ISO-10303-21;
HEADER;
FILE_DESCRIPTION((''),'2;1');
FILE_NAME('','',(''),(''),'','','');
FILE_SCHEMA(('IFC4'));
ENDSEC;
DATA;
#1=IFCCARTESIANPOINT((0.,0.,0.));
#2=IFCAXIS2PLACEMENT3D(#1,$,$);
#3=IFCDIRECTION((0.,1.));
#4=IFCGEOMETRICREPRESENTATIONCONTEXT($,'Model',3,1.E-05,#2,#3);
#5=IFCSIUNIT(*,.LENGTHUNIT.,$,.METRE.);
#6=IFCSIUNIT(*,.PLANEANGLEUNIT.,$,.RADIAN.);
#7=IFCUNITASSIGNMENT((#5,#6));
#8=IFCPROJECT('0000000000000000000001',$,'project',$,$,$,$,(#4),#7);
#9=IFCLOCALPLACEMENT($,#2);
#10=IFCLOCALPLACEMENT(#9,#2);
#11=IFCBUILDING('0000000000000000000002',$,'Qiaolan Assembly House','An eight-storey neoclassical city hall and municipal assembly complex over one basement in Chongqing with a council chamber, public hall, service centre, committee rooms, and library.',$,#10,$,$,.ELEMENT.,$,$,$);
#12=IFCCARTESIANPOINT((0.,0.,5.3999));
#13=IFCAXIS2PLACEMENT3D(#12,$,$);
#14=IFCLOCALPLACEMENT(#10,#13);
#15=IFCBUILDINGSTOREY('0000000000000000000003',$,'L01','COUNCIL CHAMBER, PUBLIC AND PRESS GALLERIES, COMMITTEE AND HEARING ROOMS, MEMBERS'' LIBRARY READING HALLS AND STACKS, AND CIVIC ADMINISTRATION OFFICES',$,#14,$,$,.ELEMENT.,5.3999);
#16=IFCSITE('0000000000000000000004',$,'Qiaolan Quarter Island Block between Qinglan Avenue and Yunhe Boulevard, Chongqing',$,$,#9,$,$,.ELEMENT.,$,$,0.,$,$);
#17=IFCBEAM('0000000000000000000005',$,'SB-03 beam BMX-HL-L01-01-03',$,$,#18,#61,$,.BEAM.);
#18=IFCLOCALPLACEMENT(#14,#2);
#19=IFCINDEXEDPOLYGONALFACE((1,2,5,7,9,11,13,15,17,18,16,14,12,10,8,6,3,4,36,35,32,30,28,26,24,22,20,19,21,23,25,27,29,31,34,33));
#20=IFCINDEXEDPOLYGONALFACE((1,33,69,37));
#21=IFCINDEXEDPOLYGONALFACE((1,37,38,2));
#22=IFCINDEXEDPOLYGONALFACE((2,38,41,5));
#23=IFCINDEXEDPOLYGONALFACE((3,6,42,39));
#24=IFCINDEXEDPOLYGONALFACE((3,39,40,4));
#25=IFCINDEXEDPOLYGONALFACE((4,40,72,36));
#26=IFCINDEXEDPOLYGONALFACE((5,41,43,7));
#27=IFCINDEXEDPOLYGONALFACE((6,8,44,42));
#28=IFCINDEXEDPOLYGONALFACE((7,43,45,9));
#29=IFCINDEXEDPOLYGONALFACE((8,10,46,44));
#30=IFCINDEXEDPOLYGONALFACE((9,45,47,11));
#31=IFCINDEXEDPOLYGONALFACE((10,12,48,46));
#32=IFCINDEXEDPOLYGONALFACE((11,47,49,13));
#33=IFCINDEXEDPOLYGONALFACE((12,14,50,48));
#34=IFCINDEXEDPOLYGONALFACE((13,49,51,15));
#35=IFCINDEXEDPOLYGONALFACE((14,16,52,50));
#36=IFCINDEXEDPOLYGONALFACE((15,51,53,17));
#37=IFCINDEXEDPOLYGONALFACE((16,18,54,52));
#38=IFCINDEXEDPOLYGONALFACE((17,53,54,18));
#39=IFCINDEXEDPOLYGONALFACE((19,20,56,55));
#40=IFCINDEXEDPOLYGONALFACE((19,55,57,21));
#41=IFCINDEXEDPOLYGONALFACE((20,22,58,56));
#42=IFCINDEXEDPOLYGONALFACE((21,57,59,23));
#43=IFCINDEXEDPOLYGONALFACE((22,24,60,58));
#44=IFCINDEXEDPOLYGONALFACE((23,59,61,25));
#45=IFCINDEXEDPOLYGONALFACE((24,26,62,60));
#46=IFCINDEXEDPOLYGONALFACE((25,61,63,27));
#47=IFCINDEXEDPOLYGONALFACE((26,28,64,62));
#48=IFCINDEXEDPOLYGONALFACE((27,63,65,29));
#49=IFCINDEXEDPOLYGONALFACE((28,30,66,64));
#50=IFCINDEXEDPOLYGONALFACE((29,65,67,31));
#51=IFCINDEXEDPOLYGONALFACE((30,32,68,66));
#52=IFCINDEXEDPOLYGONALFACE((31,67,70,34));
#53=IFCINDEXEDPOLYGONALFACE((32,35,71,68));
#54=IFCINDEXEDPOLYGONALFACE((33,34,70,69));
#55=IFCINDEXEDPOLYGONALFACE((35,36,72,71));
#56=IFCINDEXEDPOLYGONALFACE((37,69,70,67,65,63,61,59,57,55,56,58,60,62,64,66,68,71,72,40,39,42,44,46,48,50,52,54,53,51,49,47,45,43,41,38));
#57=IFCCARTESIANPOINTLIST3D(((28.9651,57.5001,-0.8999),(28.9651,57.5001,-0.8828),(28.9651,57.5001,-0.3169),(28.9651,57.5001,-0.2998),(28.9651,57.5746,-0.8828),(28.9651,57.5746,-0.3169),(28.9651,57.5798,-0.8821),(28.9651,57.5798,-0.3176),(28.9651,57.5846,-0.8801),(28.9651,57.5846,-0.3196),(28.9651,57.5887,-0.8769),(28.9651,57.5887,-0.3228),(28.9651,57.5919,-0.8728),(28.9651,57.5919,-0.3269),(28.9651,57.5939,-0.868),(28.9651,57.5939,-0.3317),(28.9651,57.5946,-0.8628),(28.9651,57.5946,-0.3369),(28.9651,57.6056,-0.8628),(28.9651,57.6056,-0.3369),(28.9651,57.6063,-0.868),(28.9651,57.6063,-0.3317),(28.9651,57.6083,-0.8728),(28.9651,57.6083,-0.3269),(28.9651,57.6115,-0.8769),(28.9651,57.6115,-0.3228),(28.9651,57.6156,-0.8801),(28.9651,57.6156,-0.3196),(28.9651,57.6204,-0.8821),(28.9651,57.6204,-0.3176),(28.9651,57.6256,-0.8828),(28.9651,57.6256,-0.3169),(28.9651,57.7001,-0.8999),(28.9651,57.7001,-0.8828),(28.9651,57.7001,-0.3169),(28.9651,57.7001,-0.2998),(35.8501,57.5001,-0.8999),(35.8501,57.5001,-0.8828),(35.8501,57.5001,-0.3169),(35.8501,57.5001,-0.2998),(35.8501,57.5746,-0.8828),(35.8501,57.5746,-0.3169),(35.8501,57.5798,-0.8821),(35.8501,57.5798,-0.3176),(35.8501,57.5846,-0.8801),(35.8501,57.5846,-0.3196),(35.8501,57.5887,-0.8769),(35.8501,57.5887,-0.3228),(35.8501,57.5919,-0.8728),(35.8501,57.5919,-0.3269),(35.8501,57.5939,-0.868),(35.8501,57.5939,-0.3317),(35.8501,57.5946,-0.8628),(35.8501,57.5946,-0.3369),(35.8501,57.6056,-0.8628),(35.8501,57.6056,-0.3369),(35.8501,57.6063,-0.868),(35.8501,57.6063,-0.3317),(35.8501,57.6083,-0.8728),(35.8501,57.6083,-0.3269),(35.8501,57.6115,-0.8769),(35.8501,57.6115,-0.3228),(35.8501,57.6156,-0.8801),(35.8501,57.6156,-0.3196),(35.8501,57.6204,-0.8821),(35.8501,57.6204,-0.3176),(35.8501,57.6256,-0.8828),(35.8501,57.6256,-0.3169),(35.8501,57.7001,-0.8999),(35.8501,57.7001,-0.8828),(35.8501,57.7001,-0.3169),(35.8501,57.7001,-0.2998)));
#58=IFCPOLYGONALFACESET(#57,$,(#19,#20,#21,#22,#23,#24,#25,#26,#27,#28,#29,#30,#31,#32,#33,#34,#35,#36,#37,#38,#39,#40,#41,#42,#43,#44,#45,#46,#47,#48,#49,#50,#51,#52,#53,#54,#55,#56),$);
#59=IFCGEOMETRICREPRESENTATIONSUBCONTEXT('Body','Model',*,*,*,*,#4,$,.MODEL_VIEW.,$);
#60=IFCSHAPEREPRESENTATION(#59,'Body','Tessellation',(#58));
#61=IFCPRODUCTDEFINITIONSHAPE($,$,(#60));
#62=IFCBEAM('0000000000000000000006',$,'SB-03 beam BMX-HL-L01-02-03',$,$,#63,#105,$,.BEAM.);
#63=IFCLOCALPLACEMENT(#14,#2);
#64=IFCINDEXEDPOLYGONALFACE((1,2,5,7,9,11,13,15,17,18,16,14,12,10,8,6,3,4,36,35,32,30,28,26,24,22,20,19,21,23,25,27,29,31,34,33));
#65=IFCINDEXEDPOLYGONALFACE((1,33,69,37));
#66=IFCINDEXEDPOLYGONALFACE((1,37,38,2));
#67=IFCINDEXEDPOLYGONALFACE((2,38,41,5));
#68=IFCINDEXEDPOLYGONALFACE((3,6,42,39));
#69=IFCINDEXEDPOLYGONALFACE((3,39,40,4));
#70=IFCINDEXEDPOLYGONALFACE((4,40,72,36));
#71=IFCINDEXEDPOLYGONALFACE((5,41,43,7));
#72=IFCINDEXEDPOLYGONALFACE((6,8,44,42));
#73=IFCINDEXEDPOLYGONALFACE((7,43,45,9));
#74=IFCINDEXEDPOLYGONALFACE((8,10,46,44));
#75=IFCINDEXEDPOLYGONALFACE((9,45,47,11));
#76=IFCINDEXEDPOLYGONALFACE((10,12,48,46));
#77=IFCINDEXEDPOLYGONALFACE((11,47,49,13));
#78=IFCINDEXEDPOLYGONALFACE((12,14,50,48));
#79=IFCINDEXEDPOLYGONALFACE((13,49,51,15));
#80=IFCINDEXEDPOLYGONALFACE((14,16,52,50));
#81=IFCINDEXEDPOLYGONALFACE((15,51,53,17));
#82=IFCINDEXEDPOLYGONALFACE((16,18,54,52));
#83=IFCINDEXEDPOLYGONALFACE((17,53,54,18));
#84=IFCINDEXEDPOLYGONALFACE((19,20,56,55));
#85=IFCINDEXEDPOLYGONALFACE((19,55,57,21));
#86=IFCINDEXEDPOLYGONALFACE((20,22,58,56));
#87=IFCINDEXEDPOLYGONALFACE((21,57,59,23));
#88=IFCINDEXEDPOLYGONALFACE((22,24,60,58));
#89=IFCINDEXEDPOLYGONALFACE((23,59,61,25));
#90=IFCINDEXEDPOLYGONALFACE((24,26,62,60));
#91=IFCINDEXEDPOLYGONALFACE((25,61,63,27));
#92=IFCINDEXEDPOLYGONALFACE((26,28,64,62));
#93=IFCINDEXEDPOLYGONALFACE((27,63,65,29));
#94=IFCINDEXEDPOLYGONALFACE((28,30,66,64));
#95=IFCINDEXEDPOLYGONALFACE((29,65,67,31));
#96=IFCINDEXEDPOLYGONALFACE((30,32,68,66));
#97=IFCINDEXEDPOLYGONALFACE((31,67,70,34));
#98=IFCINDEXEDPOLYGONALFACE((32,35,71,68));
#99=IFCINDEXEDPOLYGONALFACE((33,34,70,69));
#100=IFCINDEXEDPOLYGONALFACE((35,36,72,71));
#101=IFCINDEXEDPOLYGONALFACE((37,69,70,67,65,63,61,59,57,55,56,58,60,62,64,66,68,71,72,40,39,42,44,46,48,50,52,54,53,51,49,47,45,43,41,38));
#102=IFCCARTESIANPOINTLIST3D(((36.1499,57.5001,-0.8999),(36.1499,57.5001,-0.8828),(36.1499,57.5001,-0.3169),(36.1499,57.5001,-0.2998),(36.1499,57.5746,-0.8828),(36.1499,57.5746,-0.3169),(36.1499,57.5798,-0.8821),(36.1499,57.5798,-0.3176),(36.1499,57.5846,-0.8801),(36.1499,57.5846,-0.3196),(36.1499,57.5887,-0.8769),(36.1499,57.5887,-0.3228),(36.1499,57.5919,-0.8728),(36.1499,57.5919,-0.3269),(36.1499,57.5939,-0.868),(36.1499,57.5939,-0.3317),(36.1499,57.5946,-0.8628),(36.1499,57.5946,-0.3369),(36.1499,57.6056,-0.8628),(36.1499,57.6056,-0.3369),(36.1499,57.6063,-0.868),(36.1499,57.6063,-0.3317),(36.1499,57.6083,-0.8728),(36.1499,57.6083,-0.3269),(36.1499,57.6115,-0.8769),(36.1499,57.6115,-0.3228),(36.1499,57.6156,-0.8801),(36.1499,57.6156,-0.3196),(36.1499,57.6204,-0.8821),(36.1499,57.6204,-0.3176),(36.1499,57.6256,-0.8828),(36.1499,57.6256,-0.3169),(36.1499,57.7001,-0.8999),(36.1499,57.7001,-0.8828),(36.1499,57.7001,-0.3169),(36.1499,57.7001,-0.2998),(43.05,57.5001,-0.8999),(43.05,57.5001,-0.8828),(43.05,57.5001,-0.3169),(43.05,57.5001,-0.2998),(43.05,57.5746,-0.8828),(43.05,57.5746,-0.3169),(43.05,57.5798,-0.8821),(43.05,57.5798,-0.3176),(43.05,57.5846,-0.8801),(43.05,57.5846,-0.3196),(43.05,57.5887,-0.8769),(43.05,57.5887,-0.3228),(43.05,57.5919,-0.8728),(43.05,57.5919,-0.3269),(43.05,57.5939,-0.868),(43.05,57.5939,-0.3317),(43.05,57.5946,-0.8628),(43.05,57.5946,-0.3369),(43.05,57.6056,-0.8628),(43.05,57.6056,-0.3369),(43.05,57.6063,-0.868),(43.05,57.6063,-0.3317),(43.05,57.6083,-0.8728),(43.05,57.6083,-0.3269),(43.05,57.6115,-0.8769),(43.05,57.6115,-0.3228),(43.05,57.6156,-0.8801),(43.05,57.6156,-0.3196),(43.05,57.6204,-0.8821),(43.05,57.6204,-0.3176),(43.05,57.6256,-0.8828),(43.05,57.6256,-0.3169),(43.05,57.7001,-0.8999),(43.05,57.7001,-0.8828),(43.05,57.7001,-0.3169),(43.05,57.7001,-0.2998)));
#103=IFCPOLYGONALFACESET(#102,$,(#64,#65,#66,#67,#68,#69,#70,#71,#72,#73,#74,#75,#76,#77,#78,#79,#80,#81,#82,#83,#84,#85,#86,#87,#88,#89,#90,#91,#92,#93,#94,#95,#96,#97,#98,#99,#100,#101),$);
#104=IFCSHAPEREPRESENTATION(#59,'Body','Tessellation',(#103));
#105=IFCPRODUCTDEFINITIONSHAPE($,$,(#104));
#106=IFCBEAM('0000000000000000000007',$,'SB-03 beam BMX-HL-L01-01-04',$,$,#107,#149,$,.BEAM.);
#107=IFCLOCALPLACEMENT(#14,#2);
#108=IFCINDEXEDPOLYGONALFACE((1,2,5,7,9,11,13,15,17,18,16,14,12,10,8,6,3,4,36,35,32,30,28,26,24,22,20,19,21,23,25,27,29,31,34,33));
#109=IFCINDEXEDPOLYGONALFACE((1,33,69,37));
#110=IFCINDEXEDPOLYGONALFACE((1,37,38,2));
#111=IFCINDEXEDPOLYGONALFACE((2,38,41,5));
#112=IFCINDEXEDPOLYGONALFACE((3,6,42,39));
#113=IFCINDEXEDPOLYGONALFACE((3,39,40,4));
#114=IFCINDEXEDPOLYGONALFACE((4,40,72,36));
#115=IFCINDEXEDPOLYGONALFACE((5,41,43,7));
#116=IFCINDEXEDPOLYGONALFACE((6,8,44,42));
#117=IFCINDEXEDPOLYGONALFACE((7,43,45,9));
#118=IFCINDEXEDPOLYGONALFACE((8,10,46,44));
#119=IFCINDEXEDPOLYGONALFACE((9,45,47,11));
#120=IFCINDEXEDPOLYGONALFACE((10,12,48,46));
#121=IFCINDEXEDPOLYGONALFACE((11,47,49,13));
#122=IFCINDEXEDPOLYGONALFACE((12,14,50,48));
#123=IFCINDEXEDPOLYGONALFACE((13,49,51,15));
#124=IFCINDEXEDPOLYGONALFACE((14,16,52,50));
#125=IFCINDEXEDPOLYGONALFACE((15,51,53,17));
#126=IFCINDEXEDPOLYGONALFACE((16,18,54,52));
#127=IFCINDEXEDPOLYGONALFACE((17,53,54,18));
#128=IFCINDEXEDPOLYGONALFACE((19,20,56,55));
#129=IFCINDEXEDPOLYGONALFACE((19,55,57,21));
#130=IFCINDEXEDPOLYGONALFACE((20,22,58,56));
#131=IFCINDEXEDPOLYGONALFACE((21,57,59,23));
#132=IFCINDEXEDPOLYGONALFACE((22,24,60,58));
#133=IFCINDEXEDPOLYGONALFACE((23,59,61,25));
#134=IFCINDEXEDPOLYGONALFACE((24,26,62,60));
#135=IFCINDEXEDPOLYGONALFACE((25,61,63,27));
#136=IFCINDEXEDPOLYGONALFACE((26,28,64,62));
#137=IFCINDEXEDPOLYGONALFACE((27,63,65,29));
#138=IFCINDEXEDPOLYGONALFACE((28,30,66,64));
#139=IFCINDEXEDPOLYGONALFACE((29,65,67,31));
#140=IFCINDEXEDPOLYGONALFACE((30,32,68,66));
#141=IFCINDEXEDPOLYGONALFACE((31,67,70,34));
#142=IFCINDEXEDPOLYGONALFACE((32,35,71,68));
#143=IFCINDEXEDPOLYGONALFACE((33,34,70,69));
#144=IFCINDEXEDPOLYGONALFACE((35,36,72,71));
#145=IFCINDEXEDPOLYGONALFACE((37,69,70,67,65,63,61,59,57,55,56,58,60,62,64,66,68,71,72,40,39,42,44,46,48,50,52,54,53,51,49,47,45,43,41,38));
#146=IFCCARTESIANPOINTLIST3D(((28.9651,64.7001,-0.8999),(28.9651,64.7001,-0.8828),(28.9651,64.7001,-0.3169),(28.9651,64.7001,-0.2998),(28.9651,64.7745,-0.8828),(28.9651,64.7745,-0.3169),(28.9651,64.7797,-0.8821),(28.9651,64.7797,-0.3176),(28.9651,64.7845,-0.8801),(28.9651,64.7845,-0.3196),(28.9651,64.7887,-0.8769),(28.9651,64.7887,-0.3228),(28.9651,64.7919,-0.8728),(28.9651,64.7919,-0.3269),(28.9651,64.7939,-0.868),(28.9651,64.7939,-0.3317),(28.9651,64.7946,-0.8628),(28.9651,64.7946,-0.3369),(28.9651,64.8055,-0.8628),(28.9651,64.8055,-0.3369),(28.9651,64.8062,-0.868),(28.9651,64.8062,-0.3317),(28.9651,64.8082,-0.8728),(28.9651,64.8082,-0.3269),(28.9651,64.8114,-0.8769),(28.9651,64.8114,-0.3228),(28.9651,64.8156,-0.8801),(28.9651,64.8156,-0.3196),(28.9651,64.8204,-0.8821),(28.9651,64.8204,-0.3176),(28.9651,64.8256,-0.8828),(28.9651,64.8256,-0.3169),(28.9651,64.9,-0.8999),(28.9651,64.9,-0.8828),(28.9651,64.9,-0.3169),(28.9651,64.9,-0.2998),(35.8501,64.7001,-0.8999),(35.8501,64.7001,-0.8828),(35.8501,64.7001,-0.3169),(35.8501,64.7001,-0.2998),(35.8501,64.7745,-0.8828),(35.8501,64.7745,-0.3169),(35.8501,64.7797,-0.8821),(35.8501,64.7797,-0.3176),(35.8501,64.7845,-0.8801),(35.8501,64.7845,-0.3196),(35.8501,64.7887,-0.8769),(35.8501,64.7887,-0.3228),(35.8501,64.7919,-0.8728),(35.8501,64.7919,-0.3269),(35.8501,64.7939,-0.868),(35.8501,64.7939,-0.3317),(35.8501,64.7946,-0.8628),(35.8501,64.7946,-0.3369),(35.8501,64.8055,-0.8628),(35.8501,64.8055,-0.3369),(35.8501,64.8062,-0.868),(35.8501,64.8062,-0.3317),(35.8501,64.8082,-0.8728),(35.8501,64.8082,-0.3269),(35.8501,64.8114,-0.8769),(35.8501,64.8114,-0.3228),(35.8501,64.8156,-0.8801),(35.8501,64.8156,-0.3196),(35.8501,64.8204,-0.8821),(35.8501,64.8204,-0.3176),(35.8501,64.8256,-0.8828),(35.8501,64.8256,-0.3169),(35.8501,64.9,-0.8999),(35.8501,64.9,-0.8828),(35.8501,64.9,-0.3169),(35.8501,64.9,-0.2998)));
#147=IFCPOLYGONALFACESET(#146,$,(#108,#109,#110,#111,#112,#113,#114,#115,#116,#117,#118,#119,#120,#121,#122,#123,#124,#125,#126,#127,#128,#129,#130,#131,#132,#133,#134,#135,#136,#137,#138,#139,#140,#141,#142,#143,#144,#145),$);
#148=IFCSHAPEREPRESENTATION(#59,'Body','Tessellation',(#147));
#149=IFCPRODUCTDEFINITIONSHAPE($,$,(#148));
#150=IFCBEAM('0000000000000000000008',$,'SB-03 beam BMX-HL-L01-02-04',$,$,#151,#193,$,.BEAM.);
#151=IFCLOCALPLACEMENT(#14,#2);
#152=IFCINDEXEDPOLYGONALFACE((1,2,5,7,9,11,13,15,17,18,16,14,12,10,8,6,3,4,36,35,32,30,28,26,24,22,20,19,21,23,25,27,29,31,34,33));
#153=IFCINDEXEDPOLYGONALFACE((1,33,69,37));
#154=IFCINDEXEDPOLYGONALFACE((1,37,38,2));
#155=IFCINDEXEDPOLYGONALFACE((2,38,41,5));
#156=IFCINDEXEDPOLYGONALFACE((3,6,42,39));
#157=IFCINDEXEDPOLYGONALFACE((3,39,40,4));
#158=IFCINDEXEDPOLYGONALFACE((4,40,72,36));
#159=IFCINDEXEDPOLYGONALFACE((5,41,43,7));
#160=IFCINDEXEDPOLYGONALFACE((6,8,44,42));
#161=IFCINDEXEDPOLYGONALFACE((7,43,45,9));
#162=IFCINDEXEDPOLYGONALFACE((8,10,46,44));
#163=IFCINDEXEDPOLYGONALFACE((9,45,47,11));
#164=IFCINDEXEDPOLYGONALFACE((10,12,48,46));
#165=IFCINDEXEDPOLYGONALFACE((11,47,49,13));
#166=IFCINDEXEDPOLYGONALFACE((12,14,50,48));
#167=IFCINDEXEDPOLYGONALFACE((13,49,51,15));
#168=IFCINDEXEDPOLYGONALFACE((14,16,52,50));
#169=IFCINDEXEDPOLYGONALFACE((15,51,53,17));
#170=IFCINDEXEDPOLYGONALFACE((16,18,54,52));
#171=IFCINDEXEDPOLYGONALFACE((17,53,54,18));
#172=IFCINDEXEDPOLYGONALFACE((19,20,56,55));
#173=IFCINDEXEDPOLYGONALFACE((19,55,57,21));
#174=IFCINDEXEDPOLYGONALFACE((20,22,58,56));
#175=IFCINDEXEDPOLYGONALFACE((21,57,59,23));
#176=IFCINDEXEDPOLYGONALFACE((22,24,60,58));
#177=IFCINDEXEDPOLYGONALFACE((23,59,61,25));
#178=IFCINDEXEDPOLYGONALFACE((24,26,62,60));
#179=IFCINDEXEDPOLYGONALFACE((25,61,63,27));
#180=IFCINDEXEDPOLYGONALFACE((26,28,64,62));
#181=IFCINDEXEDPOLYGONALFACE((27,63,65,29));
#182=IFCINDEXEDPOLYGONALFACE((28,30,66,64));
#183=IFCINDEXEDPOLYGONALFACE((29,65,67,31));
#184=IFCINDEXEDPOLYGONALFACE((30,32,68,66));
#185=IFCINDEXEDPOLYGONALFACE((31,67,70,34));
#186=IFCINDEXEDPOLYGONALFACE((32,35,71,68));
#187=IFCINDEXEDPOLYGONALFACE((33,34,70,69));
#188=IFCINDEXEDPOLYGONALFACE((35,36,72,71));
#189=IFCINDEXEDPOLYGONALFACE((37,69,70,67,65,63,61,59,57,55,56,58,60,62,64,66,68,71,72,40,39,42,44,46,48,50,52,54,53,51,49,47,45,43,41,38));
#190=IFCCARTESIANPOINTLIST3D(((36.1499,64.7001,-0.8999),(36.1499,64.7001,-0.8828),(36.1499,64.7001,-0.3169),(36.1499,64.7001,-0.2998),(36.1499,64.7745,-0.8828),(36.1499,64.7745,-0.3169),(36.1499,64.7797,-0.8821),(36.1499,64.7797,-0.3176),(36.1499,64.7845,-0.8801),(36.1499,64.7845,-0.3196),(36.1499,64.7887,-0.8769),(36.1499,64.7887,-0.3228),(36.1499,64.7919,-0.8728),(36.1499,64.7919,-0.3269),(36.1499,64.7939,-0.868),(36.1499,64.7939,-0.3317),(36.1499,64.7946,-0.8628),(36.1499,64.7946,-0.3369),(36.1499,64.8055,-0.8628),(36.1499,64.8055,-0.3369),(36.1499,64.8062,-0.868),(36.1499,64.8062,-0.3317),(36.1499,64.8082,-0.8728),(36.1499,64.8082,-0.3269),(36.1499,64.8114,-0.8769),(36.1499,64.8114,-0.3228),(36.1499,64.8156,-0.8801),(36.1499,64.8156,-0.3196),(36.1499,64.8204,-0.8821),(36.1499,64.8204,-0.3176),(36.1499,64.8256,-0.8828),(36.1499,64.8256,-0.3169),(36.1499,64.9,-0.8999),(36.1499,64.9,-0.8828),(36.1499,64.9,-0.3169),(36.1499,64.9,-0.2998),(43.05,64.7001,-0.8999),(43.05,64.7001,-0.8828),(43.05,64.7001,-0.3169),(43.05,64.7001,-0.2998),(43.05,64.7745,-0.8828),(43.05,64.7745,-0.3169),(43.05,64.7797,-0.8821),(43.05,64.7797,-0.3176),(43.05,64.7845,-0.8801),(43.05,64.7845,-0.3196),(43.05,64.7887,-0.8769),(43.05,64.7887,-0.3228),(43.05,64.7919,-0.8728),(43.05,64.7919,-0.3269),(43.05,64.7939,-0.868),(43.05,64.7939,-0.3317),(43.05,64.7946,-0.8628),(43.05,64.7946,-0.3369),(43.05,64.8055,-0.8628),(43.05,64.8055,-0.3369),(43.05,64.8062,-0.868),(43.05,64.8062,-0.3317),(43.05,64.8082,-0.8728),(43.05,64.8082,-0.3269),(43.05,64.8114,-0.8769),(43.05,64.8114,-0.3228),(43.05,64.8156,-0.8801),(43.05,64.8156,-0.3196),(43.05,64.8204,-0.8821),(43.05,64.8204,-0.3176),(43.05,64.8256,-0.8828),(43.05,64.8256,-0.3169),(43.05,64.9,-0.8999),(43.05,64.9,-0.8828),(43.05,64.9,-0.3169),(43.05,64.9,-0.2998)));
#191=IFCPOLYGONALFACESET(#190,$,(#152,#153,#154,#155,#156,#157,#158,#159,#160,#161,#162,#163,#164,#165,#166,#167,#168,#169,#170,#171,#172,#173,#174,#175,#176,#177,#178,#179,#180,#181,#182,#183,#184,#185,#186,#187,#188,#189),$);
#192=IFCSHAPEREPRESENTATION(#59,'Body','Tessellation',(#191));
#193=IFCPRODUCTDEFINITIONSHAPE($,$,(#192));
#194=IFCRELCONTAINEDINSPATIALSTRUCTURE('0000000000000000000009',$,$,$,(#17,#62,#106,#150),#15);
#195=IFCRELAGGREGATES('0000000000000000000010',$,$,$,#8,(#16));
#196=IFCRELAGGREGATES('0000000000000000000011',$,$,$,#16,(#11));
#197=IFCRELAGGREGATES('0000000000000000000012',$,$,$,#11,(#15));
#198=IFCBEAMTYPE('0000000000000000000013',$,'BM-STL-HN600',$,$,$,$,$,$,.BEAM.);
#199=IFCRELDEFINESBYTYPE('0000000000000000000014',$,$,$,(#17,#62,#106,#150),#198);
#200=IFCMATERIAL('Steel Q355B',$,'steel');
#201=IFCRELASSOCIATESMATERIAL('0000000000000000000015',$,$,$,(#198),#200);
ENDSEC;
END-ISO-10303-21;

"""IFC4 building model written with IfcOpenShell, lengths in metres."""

from ifc_helpers import new_model, si_unit, direction, frame, origin, origin_2d, place, context, subcontext, project, spatial, i_section, extrude, material, material_profile, profile_set, type_object, element, save


model = new_model("IFC4")

# Units and contexts
model_context = context("Model", 3, precision=1e-05, world=origin(), true_north=direction((0.0, 1.0)))
body_context = subcontext(model_context, "Body", "Model", "MODEL_VIEW")
ifc_project = project(units=[si_unit("LENGTHUNIT", "METRE"), si_unit("PLANEANGLEUNIT", "RADIAN")], contexts=[model_context])

# Site, building, storey
site_placement = place(None, origin())
site = spatial("IfcSite", under=ifc_project, at=site_placement, Name="Qiaolan Quarter Island Block between Qinglan Avenue and Yunhe Boulevard, Chongqing", CompositionType="ELEMENT", RefElevation=0.0)
building_placement = place(site_placement, origin())
building = spatial("IfcBuilding", under=site, at=building_placement, Name="Qiaolan Assembly House", Description="An eight-storey neoclassical city hall and municipal assembly complex over one basement in Chongqing with a council chamber, public hall, service centre, committee rooms, and library.", CompositionType="ELEMENT")
storey_placement = place(building_placement, frame((0.0, 0.0, 5.3999)))
storey = spatial("IfcBuildingStorey", under=building, at=storey_placement, Name="L01", Description="COUNCIL CHAMBER, PUBLIC AND PRESS GALLERIES, COMMITTEE AND HEARING ROOMS, MEMBERS' LIBRARY READING HALLS AND STACKS, AND CIVIC ADMINISTRATION OFFICES", CompositionType="ELEMENT", Elevation=5.3999)

# Shared definitions
ifc_material = material(Name="Steel Q355B", Category="steel")

# Beams
ifc_material_profile_1 = material_profile(ifc_material, i_section(OverallWidth=0.2, OverallDepth=0.6001, WebThickness=0.011, FlangeThickness=0.0171, FilletRadius=0.02, at=origin_2d()), Name="HN 600x200x11x17")
ifc_profile_set_1 = profile_set([ifc_material_profile_1], Name="Steel Q355B")
beam_type_1 = type_object("IfcBeamType", Name="BM-STL-HN600", PredefinedType="BEAM", material=ifc_profile_set_1)
beam_1_placement = place(storey_placement, frame((28.9651, 57.6001, -0.5999), z_axis=(1.0, 0.0, 0.0), x_axis=(0.0, 1.0, 0.0)))
element("IfcBeam", 1, at=beam_1_placement, inside=storey, type_object=beam_type_1, Name="SB-03 beam BMX-HL-L01-01-03", PredefinedType="BEAM", context=body_context, shape_type="SweptSolid", body=[
    extrude(i_section(OverallWidth=0.2, OverallDepth=0.6001, WebThickness=0.011, FlangeThickness=0.0171, FilletRadius=0.02, at=origin_2d()), origin(), (0.0, 0.0, 1.0), 6.885),
])
beam_2_placement = place(storey_placement, frame((36.1499, 57.6001, -0.5999), z_axis=(1.0, 0.0, 0.0), x_axis=(0.0, 1.0, 0.0)))
element("IfcBeam", 2, at=beam_2_placement, inside=storey, type_object=beam_type_1, Name="SB-03 beam BMX-HL-L01-02-03", PredefinedType="BEAM", context=body_context, shape_type="SweptSolid", body=[
    extrude(i_section(OverallWidth=0.2, OverallDepth=0.6001, WebThickness=0.011, FlangeThickness=0.0171, FilletRadius=0.02, at=origin_2d()), origin(), (0.0, 0.0, 1.0), 6.9001),
])
beam_3_placement = place(storey_placement, frame((28.9651, 64.8, -0.5999), z_axis=(1.0, 0.0, 0.0), x_axis=(0.0, 1.0, 0.0)))
element("IfcBeam", 3, at=beam_3_placement, inside=storey, type_object=beam_type_1, Name="SB-03 beam BMX-HL-L01-01-04", PredefinedType="BEAM", context=body_context, shape_type="SweptSolid", body=[
    extrude(i_section(OverallWidth=0.2, OverallDepth=0.6001, WebThickness=0.011, FlangeThickness=0.0171, FilletRadius=0.02, at=origin_2d()), origin(), (0.0, 0.0, 1.0), 6.885),
])
beam_4_placement = place(storey_placement, frame((36.1499, 64.8, -0.5999), z_axis=(1.0, 0.0, 0.0), x_axis=(0.0, 1.0, 0.0)))
element("IfcBeam", 4, at=beam_4_placement, inside=storey, type_object=beam_type_1, Name="SB-03 beam BMX-HL-L01-02-04", PredefinedType="BEAM", context=body_context, shape_type="SweptSolid", body=[
    extrude(i_section(OverallWidth=0.2, OverallDepth=0.6001, WebThickness=0.011, FlangeThickness=0.0171, FilletRadius=0.02, at=origin_2d()), origin(), (0.0, 0.0, 1.0), 6.9001),
])

save(model, "model.ifc")
